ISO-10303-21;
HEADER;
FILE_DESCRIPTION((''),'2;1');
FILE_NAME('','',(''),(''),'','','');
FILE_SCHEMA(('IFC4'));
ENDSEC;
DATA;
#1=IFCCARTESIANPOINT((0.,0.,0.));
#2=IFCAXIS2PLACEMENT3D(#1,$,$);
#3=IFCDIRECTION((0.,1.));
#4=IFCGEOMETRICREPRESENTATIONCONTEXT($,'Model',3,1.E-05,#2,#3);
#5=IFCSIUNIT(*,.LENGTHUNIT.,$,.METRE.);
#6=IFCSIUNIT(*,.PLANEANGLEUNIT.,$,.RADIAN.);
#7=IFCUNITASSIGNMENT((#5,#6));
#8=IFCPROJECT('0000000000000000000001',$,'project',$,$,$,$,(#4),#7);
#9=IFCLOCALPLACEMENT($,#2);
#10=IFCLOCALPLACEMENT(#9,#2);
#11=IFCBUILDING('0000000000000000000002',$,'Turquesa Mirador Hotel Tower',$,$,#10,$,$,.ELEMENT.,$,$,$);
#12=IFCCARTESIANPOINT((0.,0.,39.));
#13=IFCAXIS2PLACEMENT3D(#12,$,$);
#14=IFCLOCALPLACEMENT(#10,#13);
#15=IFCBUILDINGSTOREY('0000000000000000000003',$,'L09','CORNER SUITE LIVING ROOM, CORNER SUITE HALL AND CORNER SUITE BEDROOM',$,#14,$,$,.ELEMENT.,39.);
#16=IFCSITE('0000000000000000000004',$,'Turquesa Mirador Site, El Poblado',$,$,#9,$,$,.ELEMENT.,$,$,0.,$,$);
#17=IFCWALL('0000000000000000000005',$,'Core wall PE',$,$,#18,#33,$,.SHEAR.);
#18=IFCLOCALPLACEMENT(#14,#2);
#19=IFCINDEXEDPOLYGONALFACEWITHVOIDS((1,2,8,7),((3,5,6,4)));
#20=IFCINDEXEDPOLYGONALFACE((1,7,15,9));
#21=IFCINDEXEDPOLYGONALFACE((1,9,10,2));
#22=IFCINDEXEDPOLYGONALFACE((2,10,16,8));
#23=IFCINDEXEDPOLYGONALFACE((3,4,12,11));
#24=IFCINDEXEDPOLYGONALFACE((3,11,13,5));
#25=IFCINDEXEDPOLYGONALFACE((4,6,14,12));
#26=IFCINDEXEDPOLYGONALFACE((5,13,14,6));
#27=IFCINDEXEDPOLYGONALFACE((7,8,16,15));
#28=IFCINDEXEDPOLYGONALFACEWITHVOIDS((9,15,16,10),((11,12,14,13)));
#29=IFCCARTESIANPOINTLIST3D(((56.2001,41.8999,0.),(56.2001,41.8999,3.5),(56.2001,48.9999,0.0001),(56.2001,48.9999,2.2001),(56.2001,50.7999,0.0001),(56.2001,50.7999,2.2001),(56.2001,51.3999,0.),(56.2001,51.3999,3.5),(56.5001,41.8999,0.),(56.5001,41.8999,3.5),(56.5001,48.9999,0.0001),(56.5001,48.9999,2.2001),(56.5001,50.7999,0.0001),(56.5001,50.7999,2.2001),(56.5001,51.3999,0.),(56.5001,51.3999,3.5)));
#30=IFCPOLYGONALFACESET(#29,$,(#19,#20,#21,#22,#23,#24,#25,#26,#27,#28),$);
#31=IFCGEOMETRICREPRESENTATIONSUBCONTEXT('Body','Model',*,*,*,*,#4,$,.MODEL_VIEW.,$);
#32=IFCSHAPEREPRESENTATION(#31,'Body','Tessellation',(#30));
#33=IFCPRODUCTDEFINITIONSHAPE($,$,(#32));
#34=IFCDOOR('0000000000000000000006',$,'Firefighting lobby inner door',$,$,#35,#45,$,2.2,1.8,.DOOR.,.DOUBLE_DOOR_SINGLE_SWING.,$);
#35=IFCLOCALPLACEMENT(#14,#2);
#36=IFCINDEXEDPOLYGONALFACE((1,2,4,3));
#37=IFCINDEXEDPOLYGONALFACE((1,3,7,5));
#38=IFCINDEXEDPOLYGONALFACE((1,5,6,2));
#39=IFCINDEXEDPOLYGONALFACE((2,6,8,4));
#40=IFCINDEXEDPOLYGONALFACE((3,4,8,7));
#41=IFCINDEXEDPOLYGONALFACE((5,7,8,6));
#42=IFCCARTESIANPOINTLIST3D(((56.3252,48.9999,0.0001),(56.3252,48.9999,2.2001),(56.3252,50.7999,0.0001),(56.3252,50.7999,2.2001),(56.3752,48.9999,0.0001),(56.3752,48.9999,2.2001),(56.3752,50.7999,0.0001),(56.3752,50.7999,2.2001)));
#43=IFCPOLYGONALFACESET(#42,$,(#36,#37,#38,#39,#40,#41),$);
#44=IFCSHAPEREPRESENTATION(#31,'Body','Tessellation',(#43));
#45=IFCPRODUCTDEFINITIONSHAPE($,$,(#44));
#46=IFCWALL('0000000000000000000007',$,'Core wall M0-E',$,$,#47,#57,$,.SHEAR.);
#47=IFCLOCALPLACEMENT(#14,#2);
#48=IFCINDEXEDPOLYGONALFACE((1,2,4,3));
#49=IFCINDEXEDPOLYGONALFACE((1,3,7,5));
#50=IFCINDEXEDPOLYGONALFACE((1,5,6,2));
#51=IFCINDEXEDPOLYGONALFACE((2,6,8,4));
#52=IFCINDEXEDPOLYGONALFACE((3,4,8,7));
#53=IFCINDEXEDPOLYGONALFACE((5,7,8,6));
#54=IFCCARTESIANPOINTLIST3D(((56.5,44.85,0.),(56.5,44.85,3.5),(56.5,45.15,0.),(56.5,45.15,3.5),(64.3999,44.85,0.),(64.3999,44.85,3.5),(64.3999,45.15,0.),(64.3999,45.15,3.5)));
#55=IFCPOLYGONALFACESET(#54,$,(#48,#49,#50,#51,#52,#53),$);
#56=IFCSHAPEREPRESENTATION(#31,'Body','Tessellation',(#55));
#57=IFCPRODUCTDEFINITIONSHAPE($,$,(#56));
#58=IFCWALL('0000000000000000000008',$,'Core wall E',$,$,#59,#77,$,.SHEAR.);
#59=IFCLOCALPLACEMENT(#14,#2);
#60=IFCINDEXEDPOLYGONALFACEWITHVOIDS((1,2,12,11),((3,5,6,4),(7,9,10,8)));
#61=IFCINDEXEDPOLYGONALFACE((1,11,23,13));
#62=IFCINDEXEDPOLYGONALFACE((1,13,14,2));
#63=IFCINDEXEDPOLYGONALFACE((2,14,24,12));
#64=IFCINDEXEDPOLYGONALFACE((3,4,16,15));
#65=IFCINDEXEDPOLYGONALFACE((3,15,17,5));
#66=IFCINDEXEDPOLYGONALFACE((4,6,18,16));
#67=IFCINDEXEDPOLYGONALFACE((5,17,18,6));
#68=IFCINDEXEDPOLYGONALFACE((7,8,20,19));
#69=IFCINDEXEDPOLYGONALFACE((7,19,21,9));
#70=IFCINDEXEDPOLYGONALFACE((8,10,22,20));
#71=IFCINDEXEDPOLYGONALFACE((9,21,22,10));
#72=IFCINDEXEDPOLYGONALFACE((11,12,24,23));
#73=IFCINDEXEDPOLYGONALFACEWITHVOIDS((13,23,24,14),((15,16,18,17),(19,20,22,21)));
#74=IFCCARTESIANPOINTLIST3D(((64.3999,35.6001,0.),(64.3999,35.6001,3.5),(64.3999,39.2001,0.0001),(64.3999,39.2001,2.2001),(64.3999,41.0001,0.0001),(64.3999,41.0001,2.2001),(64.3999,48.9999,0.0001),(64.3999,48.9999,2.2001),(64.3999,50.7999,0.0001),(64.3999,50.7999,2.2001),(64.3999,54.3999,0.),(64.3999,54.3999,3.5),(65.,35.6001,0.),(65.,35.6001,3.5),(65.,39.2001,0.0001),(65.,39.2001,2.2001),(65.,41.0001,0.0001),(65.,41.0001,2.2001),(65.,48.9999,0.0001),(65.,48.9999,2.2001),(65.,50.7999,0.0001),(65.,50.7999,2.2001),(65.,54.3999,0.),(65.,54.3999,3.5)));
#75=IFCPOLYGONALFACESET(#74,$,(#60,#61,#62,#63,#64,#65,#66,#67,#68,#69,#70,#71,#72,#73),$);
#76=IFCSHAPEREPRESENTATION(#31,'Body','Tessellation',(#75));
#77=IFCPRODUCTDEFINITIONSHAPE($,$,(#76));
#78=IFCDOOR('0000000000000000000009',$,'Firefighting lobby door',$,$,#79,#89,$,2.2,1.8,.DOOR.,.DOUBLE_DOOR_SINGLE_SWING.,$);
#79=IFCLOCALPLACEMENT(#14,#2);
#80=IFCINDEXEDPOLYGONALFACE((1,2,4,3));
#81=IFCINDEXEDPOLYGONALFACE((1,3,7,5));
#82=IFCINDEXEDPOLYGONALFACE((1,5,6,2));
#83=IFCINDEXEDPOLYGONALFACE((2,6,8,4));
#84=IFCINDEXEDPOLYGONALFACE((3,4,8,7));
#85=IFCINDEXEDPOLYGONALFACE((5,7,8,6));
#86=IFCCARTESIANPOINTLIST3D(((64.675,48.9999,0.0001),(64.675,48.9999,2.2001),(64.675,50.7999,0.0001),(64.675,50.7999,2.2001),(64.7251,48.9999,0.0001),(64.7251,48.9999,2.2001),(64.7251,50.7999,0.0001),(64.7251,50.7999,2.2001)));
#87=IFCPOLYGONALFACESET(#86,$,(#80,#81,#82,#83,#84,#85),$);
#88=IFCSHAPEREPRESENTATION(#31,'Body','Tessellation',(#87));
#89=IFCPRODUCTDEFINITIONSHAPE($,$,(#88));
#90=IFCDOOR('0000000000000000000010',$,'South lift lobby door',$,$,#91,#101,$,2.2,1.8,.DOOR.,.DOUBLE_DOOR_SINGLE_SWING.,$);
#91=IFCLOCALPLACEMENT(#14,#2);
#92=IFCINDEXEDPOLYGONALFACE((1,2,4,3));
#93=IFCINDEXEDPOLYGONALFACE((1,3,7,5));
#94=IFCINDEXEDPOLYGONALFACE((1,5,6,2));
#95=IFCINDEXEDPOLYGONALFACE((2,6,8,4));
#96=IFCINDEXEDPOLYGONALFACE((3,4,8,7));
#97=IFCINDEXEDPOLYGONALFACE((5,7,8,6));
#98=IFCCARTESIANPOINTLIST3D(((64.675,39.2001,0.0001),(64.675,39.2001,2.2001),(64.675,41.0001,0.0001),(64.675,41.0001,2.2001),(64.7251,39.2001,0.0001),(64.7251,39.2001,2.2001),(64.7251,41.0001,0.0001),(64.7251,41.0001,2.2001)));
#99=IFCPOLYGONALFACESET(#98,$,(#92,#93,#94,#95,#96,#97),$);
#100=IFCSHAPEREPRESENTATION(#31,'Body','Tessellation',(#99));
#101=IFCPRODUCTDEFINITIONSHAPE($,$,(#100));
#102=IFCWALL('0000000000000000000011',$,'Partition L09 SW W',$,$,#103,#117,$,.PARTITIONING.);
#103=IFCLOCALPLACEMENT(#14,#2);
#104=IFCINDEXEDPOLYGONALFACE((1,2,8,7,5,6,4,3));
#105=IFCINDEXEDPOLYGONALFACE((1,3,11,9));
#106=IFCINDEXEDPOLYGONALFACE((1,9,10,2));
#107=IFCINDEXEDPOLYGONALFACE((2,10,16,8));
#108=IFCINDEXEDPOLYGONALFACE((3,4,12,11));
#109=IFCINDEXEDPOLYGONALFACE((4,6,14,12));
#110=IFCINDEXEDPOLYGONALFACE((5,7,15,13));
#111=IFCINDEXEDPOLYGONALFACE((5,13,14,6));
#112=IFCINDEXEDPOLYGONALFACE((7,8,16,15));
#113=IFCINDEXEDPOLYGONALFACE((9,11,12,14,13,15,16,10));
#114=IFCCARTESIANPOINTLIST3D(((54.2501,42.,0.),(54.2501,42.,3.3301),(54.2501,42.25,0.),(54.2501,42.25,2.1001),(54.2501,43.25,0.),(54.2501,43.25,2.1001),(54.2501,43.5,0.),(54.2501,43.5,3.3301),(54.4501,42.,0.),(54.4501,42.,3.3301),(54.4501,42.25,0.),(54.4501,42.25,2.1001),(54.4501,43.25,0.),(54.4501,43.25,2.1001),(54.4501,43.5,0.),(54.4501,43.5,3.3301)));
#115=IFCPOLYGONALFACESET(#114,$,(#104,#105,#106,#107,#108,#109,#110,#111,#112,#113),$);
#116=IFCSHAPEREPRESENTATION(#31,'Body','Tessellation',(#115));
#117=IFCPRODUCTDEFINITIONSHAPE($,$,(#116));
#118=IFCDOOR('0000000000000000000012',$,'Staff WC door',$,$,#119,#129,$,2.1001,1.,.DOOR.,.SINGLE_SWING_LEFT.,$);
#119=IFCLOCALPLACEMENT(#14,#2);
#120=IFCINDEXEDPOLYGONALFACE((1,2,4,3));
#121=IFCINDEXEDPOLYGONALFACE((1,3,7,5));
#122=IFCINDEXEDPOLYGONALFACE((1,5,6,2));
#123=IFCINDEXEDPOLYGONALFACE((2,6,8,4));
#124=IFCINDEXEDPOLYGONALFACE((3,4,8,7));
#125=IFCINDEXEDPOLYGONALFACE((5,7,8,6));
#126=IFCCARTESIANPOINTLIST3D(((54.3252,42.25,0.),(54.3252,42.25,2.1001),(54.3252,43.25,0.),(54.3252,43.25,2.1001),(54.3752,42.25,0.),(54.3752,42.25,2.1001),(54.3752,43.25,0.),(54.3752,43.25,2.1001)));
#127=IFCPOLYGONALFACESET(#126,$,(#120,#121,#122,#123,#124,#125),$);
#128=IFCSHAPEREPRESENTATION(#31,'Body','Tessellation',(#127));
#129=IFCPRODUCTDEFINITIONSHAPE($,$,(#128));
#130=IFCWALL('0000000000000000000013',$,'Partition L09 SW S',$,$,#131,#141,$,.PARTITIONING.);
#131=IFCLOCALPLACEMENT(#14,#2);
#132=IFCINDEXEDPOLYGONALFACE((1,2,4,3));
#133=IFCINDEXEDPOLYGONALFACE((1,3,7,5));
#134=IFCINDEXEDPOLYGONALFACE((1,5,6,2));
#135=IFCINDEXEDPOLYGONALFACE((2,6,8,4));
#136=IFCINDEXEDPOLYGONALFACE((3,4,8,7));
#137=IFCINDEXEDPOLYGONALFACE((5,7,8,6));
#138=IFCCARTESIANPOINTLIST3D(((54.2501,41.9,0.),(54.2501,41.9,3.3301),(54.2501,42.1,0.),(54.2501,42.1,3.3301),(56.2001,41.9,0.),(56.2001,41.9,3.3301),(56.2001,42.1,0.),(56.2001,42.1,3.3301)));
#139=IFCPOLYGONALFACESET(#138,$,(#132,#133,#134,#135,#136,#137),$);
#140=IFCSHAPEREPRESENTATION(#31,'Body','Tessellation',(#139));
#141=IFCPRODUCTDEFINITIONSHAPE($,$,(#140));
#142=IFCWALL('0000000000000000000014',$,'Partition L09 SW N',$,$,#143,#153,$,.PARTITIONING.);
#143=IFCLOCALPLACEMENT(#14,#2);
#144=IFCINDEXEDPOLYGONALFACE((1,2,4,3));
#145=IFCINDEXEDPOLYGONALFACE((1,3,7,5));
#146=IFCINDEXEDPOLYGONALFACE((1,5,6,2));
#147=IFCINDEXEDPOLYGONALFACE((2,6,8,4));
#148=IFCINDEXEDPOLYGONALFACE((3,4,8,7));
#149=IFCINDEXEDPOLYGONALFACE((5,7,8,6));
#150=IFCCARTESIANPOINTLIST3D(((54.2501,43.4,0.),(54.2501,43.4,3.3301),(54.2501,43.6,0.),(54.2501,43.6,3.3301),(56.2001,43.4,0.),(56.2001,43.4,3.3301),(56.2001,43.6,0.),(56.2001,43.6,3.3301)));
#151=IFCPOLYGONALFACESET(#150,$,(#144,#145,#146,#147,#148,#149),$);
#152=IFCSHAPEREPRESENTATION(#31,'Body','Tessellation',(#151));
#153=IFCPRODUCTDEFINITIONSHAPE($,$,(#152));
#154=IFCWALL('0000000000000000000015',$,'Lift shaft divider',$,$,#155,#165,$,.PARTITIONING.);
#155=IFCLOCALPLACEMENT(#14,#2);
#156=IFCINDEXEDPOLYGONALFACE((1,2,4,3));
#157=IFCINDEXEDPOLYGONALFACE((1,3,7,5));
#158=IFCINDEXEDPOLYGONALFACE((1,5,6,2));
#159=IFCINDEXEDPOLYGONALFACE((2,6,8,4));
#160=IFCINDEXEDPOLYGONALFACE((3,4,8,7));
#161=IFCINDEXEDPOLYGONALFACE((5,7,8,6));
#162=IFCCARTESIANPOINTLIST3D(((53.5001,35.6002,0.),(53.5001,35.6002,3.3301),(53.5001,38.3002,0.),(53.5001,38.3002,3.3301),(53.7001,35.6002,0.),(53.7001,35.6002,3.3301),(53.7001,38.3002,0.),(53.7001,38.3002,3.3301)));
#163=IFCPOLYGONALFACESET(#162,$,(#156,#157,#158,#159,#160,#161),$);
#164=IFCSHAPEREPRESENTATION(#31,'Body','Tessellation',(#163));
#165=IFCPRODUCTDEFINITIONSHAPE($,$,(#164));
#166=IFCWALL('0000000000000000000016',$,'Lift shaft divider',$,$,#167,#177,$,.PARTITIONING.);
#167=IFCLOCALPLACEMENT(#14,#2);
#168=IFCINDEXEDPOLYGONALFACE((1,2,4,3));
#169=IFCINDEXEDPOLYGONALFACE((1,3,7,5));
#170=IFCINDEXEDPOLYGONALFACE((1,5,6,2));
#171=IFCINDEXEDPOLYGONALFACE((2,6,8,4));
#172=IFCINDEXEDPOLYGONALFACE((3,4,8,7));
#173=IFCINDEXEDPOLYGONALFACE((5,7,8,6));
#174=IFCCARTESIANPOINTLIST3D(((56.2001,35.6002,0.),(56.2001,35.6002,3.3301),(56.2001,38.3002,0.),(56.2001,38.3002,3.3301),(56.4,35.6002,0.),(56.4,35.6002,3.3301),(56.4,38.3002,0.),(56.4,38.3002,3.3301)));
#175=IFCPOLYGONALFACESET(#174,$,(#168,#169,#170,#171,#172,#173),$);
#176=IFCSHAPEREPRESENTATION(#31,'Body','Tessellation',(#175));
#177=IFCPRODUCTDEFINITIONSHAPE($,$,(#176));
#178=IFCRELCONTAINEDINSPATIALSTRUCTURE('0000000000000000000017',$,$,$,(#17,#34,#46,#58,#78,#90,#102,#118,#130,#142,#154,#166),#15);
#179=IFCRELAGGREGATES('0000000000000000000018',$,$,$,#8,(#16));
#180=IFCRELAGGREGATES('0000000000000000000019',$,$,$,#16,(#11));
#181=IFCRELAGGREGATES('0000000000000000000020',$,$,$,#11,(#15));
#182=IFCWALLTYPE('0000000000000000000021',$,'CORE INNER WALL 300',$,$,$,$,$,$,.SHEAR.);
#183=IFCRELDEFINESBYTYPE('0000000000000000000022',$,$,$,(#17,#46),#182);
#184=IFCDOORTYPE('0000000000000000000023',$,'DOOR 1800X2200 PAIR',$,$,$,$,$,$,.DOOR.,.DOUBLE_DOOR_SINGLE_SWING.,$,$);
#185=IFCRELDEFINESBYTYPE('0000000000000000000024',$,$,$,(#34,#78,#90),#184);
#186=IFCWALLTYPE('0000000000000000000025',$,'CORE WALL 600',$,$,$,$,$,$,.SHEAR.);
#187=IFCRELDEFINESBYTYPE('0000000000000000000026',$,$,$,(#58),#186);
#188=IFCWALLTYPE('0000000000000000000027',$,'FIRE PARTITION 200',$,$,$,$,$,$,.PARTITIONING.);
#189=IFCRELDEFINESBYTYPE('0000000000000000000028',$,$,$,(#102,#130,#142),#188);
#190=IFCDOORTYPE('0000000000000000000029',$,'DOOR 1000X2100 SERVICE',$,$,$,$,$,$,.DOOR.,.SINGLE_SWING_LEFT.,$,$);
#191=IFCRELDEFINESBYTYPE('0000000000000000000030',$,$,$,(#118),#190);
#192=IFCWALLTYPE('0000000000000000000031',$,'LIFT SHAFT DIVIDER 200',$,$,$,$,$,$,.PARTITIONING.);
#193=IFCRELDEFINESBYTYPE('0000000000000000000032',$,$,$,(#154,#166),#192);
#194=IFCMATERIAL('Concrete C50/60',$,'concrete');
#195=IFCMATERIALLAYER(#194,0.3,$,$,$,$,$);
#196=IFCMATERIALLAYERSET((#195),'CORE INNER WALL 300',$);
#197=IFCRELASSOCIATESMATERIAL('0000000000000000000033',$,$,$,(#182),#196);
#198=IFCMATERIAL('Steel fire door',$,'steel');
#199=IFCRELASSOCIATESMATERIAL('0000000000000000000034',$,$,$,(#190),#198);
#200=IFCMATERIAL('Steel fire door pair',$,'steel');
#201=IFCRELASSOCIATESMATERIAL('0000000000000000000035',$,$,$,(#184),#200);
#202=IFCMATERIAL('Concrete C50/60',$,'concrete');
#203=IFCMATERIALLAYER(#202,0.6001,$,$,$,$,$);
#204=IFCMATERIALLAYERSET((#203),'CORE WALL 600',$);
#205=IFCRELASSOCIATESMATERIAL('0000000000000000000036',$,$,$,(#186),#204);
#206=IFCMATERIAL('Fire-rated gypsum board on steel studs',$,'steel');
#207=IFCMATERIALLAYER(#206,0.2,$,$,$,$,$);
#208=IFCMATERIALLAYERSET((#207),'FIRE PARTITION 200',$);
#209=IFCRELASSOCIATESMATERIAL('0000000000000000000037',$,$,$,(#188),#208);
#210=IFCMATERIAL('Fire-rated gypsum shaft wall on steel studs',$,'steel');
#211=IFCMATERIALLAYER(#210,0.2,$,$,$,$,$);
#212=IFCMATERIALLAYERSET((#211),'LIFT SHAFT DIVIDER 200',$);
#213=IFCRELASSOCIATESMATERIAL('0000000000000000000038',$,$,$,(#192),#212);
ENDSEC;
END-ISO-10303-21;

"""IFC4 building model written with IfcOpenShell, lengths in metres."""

from ifc_helpers import new_model, si_unit, direction, frame, frame_2d, origin, place, context, subcontext, project, spatial, rectangle, extrude, material, layer, layer_set, type_object, element, fill, save


model = new_model("IFC4")

# Units and contexts
model_context = context("Model", 3, precision=1e-05, world=origin(), true_north=direction((0.0, 1.0)))
body_context = subcontext(model_context, "Body", "Model", "MODEL_VIEW")
ifc_project = project(units=[si_unit("LENGTHUNIT", "METRE"), si_unit("PLANEANGLEUNIT", "RADIAN")], contexts=[model_context])

# Site, building, storey
site_placement = place(None, origin())
site = spatial("IfcSite", under=ifc_project, at=site_placement, Name="Turquesa Mirador Site, El Poblado", CompositionType="ELEMENT", RefElevation=0.0)
building_placement = place(site_placement, origin())
building = spatial("IfcBuilding", under=site, at=building_placement, Name="Turquesa Mirador Hotel Tower", CompositionType="ELEMENT")
storey_placement = place(building_placement, frame((0.0, 0.0, 39.0)))
storey = spatial("IfcBuildingStorey", under=building, at=storey_placement, Name="L09", Description="CORNER SUITE LIVING ROOM, CORNER SUITE HALL AND CORNER SUITE BEDROOM", CompositionType="ELEMENT", Elevation=39.0)

# Wall, opening, door
ifc_material_1 = material(Name="Concrete C50/60", Category="concrete")
ifc_layer_1 = layer(ifc_material_1, 0.3)
ifc_layer_set_1 = layer_set([ifc_layer_1], Name="CORE INNER WALL 300")
wall_type_1 = type_object("IfcWallType", Name="CORE INNER WALL 300", PredefinedType="SHEAR", material=ifc_layer_set_1)
ifc_material_2 = material(Name="Steel fire door", Category="steel")
door_type_1 = type_object("IfcDoorType", Name="DOOR 1000X2100 SERVICE", OperationType="SINGLE_SWING_LEFT", PredefinedType="DOOR", material=ifc_material_2)
wall_1_placement = place(storey_placement, frame((56.3501, 41.8999, 0.0), z_axis=(0.0, 0.0, 1.0), x_axis=(0.0, 1.0, 0.0)))
wall_1 = element("IfcWall", 1, at=wall_1_placement, inside=storey, type_object=wall_type_1, Name="Core wall PE", PredefinedType="SHEAR", context=body_context, shape_type="SweptSolid", body=[
    extrude(rectangle(XDim=9.5, YDim=0.3, at=frame_2d((4.75, 0.0))), origin(), (0.0, 0.0, 1.0), 3.5),
])
opening_1_placement = place(wall_1_placement, frame((7.1001, 0.0, 0.0)))
opening_1 = element("IfcOpeningElement", 2, at=opening_1_placement, cuts=wall_1, PredefinedType="OPENING", context=body_context, shape_type="SweptSolid", body=[
    extrude(rectangle(XDim=1.8, YDim=2.2, at=frame_2d((0.8999, 1.1001))), frame((0.0, 0.1599, 0.0), z_axis=(0.0, -1.0, 0.0), x_axis=(1.0, 0.0, 0.0)), (0.0, 0.0, 1.0), 0.3201),
])
ifc_material_3 = material(Name="Steel fire door pair", Category="steel")
door_type_2 = type_object("IfcDoorType", Name="DOOR 1800X2200 PAIR", OperationType="DOUBLE_DOOR_SINGLE_SWING", PredefinedType="DOOR", material=ifc_material_3)
door_1_placement = place(opening_1_placement, origin())
door_1 = element("IfcDoor", 3, at=door_1_placement, inside=storey, type_object=door_type_2, Name="Firefighting lobby inner door", OperationType="DOUBLE_DOOR_SINGLE_SWING", OverallHeight=2.2, OverallWidth=1.8, PredefinedType="DOOR", context=body_context, shape_type="SweptSolid", body=[
    extrude(rectangle(XDim=1.8, YDim=2.2, at=frame_2d((0.8999, 1.1001))), frame((0.0, 0.0249, 0.0), z_axis=(0.0, -1.0, 0.0), x_axis=(1.0, 0.0, 0.0)), (0.0, 0.0, 1.0), 0.05),
])
fill(opening_1, door_1)

# Wall
wall_2_placement = place(storey_placement, frame((56.5, 45.0, 0.0), z_axis=(0.0, 0.0, 1.0), x_axis=(1.0, 0.0, 0.0)))
element("IfcWall", 4, at=wall_2_placement, inside=storey, type_object=wall_type_1, Name="Core wall M0-E", PredefinedType="SHEAR", context=body_context, shape_type="SweptSolid", body=[
    extrude(rectangle(XDim=7.8999, YDim=0.3, at=frame_2d((3.95, 0.0))), origin(), (0.0, 0.0, 1.0), 3.5),
])

# Wall, openings, doors
ifc_material_4 = material(Name="Concrete C50/60", Category="concrete")
ifc_layer_2 = layer(ifc_material_4, 0.6001)
ifc_layer_set_2 = layer_set([ifc_layer_2], Name="CORE WALL 600")
wall_type_2 = type_object("IfcWallType", Name="CORE WALL 600", PredefinedType="SHEAR", material=ifc_layer_set_2)
wall_3_placement = place(storey_placement, frame((64.7, 35.6001, 0.0), z_axis=(0.0, 0.0, 1.0), x_axis=(0.0, 1.0, 0.0)))
wall_3 = element("IfcWall", 5, at=wall_3_placement, inside=storey, type_object=wall_type_2, Name="Core wall E", PredefinedType="SHEAR", context=body_context, shape_type="SweptSolid", body=[
    extrude(rectangle(XDim=18.7998, YDim=0.6001, at=frame_2d((9.3999, 0.0))), origin(), (0.0, 0.0, 1.0), 3.5),
])
opening_2_placement = place(wall_3_placement, frame((13.3999, 0.0, 0.0)))
opening_2 = element("IfcOpeningElement", 6, at=opening_2_placement, cuts=wall_3, PredefinedType="OPENING", context=body_context, shape_type="SweptSolid", body=[
    extrude(rectangle(XDim=1.8, YDim=2.2, at=frame_2d((0.8999, 1.1001))), frame((0.0, 0.3101, 0.0), z_axis=(0.0, -1.0, 0.0), x_axis=(1.0, 0.0, 0.0)), (0.0, 0.0, 1.0), 0.6201),
])
opening_3_placement = place(wall_3_placement, frame((3.6001, 0.0, 0.0)))
opening_3 = element("IfcOpeningElement", 7, at=opening_3_placement, cuts=wall_3, PredefinedType="OPENING", context=body_context, shape_type="SweptSolid", body=[
    extrude(rectangle(XDim=1.8, YDim=2.2, at=frame_2d((0.8999, 1.1001))), frame((0.0, 0.3101, 0.0), z_axis=(0.0, -1.0, 0.0), x_axis=(1.0, 0.0, 0.0)), (0.0, 0.0, 1.0), 0.6201),
])
door_2_placement = place(opening_2_placement, origin())
door_2 = element("IfcDoor", 8, at=door_2_placement, inside=storey, type_object=door_type_2, Name="Firefighting lobby door", OperationType="DOUBLE_DOOR_SINGLE_SWING", OverallHeight=2.2, OverallWidth=1.8, PredefinedType="DOOR", context=body_context, shape_type="SweptSolid", body=[
    extrude(rectangle(XDim=1.8, YDim=2.2, at=frame_2d((0.8999, 1.1001))), frame((0.0, 0.0249, 0.0), z_axis=(0.0, -1.0, 0.0), x_axis=(1.0, 0.0, 0.0)), (0.0, 0.0, 1.0), 0.05),
])
fill(opening_2, door_2)
door_3_placement = place(opening_3_placement, origin())
door_3 = element("IfcDoor", 9, at=door_3_placement, inside=storey, type_object=door_type_2, Name="South lift lobby door", OperationType="DOUBLE_DOOR_SINGLE_SWING", OverallHeight=2.2, OverallWidth=1.8, PredefinedType="DOOR", context=body_context, shape_type="SweptSolid", body=[
    extrude(rectangle(XDim=1.8, YDim=2.2, at=frame_2d((0.8999, 1.1001))), frame((0.0, 0.0249, 0.0), z_axis=(0.0, -1.0, 0.0), x_axis=(1.0, 0.0, 0.0)), (0.0, 0.0, 1.0), 0.05),
])
fill(opening_3, door_3)

# Wall, opening, door
ifc_material_5 = material(Name="Fire-rated gypsum board on steel studs", Category="steel")
ifc_layer_3 = layer(ifc_material_5, 0.2)
ifc_layer_set_3 = layer_set([ifc_layer_3], Name="FIRE PARTITION 200")
wall_type_3 = type_object("IfcWallType", Name="FIRE PARTITION 200", PredefinedType="PARTITIONING", material=ifc_layer_set_3)
wall_4_placement = place(storey_placement, frame((54.3501, 42.0, 0.0), z_axis=(0.0, 0.0, 1.0), x_axis=(0.0, 1.0, 0.0)))
wall_4 = element("IfcWall", 10, at=wall_4_placement, inside=storey, type_object=wall_type_3, Name="Partition L09 SW W", PredefinedType="PARTITIONING", context=body_context, shape_type="SweptSolid", body=[
    extrude(rectangle(XDim=1.5, YDim=0.2, at=frame_2d((0.75, 0.0))), origin(), (0.0, 0.0, 1.0), 3.3301),
])
opening_4_placement = place(wall_4_placement, frame((0.25, 0.0, 0.0)))
opening_4 = element("IfcOpeningElement", 11, at=opening_4_placement, cuts=wall_4, PredefinedType="OPENING", context=body_context, shape_type="SweptSolid", body=[
    extrude(rectangle(XDim=1.0, YDim=2.1001, at=frame_2d((0.5, 1.05))), frame((0.0, 0.1099, 0.0), z_axis=(0.0, -1.0, 0.0), x_axis=(1.0, 0.0, 0.0)), (0.0, 0.0, 1.0), 0.22),
])
door_4_placement = place(opening_4_placement, origin())
door_4 = element("IfcDoor", 12, at=door_4_placement, inside=storey, type_object=door_type_1, Name="Staff WC door", OperationType="SINGLE_SWING_LEFT", OverallHeight=2.1001, OverallWidth=1.0, PredefinedType="DOOR", context=body_context, shape_type="SweptSolid", body=[
    extrude(rectangle(XDim=1.0, YDim=2.1001, at=frame_2d((0.5, 1.05))), frame((0.0, 0.0249, 0.0), z_axis=(0.0, -1.0, 0.0), x_axis=(1.0, 0.0, 0.0)), (0.0, 0.0, 1.0), 0.05),
])
fill(opening_4, door_4)

# Walls
for number, where, z_axis, x_axis, name in (
    (13, (54.25, 42.0, 0.0), (0.0, 0.0, 1.0), (1.0, 0.0, 0.0), "Partition L09 SW S"),
    (14, (54.25, 43.5, 0.0), (0.0, 0.0, 1.0), (1.0, 0.0, 0.0), "Partition L09 SW N"),
):
    element("IfcWall", number, at=place(storey_placement, frame(where, z_axis=z_axis, x_axis=x_axis)), inside=storey, type_object=wall_type_3, Name=name, PredefinedType="PARTITIONING", context=body_context, shape_type="SweptSolid", body=[
        extrude(rectangle(XDim=1.95, YDim=0.2, at=frame_2d((0.9751, 0.0))), origin(), (0.0, 0.0, 1.0), 3.3301),
    ])
ifc_material_6 = material(Name="Fire-rated gypsum shaft wall on steel studs", Category="steel")
ifc_layer_4 = layer(ifc_material_6, 0.2)
ifc_layer_set_4 = layer_set([ifc_layer_4], Name="LIFT SHAFT DIVIDER 200")
wall_type_4 = type_object("IfcWallType", Name="LIFT SHAFT DIVIDER 200", PredefinedType="PARTITIONING", material=ifc_layer_set_4)
for number, where, z_axis, x_axis, name in (
    (15, (53.6001, 35.6001, 0.0), (0.0, 0.0, 1.0), (0.0, 1.0, 0.0), "Lift shaft divider"),
    (16, (56.3, 35.6001, 0.0), (0.0, 0.0, 1.0), (0.0, 1.0, 0.0), "Lift shaft divider"),
):
    element("IfcWall", number, at=place(storey_placement, frame(where, z_axis=z_axis, x_axis=x_axis)), inside=storey, type_object=wall_type_4, Name=name, PredefinedType="PARTITIONING", context=body_context, shape_type="SweptSolid", body=[
        extrude(rectangle(XDim=2.7, YDim=0.2, at=frame_2d((1.3501, 0.0))), origin(), (0.0, 0.0, 1.0), 3.3301),
    ])

save(model, "model.ifc")
